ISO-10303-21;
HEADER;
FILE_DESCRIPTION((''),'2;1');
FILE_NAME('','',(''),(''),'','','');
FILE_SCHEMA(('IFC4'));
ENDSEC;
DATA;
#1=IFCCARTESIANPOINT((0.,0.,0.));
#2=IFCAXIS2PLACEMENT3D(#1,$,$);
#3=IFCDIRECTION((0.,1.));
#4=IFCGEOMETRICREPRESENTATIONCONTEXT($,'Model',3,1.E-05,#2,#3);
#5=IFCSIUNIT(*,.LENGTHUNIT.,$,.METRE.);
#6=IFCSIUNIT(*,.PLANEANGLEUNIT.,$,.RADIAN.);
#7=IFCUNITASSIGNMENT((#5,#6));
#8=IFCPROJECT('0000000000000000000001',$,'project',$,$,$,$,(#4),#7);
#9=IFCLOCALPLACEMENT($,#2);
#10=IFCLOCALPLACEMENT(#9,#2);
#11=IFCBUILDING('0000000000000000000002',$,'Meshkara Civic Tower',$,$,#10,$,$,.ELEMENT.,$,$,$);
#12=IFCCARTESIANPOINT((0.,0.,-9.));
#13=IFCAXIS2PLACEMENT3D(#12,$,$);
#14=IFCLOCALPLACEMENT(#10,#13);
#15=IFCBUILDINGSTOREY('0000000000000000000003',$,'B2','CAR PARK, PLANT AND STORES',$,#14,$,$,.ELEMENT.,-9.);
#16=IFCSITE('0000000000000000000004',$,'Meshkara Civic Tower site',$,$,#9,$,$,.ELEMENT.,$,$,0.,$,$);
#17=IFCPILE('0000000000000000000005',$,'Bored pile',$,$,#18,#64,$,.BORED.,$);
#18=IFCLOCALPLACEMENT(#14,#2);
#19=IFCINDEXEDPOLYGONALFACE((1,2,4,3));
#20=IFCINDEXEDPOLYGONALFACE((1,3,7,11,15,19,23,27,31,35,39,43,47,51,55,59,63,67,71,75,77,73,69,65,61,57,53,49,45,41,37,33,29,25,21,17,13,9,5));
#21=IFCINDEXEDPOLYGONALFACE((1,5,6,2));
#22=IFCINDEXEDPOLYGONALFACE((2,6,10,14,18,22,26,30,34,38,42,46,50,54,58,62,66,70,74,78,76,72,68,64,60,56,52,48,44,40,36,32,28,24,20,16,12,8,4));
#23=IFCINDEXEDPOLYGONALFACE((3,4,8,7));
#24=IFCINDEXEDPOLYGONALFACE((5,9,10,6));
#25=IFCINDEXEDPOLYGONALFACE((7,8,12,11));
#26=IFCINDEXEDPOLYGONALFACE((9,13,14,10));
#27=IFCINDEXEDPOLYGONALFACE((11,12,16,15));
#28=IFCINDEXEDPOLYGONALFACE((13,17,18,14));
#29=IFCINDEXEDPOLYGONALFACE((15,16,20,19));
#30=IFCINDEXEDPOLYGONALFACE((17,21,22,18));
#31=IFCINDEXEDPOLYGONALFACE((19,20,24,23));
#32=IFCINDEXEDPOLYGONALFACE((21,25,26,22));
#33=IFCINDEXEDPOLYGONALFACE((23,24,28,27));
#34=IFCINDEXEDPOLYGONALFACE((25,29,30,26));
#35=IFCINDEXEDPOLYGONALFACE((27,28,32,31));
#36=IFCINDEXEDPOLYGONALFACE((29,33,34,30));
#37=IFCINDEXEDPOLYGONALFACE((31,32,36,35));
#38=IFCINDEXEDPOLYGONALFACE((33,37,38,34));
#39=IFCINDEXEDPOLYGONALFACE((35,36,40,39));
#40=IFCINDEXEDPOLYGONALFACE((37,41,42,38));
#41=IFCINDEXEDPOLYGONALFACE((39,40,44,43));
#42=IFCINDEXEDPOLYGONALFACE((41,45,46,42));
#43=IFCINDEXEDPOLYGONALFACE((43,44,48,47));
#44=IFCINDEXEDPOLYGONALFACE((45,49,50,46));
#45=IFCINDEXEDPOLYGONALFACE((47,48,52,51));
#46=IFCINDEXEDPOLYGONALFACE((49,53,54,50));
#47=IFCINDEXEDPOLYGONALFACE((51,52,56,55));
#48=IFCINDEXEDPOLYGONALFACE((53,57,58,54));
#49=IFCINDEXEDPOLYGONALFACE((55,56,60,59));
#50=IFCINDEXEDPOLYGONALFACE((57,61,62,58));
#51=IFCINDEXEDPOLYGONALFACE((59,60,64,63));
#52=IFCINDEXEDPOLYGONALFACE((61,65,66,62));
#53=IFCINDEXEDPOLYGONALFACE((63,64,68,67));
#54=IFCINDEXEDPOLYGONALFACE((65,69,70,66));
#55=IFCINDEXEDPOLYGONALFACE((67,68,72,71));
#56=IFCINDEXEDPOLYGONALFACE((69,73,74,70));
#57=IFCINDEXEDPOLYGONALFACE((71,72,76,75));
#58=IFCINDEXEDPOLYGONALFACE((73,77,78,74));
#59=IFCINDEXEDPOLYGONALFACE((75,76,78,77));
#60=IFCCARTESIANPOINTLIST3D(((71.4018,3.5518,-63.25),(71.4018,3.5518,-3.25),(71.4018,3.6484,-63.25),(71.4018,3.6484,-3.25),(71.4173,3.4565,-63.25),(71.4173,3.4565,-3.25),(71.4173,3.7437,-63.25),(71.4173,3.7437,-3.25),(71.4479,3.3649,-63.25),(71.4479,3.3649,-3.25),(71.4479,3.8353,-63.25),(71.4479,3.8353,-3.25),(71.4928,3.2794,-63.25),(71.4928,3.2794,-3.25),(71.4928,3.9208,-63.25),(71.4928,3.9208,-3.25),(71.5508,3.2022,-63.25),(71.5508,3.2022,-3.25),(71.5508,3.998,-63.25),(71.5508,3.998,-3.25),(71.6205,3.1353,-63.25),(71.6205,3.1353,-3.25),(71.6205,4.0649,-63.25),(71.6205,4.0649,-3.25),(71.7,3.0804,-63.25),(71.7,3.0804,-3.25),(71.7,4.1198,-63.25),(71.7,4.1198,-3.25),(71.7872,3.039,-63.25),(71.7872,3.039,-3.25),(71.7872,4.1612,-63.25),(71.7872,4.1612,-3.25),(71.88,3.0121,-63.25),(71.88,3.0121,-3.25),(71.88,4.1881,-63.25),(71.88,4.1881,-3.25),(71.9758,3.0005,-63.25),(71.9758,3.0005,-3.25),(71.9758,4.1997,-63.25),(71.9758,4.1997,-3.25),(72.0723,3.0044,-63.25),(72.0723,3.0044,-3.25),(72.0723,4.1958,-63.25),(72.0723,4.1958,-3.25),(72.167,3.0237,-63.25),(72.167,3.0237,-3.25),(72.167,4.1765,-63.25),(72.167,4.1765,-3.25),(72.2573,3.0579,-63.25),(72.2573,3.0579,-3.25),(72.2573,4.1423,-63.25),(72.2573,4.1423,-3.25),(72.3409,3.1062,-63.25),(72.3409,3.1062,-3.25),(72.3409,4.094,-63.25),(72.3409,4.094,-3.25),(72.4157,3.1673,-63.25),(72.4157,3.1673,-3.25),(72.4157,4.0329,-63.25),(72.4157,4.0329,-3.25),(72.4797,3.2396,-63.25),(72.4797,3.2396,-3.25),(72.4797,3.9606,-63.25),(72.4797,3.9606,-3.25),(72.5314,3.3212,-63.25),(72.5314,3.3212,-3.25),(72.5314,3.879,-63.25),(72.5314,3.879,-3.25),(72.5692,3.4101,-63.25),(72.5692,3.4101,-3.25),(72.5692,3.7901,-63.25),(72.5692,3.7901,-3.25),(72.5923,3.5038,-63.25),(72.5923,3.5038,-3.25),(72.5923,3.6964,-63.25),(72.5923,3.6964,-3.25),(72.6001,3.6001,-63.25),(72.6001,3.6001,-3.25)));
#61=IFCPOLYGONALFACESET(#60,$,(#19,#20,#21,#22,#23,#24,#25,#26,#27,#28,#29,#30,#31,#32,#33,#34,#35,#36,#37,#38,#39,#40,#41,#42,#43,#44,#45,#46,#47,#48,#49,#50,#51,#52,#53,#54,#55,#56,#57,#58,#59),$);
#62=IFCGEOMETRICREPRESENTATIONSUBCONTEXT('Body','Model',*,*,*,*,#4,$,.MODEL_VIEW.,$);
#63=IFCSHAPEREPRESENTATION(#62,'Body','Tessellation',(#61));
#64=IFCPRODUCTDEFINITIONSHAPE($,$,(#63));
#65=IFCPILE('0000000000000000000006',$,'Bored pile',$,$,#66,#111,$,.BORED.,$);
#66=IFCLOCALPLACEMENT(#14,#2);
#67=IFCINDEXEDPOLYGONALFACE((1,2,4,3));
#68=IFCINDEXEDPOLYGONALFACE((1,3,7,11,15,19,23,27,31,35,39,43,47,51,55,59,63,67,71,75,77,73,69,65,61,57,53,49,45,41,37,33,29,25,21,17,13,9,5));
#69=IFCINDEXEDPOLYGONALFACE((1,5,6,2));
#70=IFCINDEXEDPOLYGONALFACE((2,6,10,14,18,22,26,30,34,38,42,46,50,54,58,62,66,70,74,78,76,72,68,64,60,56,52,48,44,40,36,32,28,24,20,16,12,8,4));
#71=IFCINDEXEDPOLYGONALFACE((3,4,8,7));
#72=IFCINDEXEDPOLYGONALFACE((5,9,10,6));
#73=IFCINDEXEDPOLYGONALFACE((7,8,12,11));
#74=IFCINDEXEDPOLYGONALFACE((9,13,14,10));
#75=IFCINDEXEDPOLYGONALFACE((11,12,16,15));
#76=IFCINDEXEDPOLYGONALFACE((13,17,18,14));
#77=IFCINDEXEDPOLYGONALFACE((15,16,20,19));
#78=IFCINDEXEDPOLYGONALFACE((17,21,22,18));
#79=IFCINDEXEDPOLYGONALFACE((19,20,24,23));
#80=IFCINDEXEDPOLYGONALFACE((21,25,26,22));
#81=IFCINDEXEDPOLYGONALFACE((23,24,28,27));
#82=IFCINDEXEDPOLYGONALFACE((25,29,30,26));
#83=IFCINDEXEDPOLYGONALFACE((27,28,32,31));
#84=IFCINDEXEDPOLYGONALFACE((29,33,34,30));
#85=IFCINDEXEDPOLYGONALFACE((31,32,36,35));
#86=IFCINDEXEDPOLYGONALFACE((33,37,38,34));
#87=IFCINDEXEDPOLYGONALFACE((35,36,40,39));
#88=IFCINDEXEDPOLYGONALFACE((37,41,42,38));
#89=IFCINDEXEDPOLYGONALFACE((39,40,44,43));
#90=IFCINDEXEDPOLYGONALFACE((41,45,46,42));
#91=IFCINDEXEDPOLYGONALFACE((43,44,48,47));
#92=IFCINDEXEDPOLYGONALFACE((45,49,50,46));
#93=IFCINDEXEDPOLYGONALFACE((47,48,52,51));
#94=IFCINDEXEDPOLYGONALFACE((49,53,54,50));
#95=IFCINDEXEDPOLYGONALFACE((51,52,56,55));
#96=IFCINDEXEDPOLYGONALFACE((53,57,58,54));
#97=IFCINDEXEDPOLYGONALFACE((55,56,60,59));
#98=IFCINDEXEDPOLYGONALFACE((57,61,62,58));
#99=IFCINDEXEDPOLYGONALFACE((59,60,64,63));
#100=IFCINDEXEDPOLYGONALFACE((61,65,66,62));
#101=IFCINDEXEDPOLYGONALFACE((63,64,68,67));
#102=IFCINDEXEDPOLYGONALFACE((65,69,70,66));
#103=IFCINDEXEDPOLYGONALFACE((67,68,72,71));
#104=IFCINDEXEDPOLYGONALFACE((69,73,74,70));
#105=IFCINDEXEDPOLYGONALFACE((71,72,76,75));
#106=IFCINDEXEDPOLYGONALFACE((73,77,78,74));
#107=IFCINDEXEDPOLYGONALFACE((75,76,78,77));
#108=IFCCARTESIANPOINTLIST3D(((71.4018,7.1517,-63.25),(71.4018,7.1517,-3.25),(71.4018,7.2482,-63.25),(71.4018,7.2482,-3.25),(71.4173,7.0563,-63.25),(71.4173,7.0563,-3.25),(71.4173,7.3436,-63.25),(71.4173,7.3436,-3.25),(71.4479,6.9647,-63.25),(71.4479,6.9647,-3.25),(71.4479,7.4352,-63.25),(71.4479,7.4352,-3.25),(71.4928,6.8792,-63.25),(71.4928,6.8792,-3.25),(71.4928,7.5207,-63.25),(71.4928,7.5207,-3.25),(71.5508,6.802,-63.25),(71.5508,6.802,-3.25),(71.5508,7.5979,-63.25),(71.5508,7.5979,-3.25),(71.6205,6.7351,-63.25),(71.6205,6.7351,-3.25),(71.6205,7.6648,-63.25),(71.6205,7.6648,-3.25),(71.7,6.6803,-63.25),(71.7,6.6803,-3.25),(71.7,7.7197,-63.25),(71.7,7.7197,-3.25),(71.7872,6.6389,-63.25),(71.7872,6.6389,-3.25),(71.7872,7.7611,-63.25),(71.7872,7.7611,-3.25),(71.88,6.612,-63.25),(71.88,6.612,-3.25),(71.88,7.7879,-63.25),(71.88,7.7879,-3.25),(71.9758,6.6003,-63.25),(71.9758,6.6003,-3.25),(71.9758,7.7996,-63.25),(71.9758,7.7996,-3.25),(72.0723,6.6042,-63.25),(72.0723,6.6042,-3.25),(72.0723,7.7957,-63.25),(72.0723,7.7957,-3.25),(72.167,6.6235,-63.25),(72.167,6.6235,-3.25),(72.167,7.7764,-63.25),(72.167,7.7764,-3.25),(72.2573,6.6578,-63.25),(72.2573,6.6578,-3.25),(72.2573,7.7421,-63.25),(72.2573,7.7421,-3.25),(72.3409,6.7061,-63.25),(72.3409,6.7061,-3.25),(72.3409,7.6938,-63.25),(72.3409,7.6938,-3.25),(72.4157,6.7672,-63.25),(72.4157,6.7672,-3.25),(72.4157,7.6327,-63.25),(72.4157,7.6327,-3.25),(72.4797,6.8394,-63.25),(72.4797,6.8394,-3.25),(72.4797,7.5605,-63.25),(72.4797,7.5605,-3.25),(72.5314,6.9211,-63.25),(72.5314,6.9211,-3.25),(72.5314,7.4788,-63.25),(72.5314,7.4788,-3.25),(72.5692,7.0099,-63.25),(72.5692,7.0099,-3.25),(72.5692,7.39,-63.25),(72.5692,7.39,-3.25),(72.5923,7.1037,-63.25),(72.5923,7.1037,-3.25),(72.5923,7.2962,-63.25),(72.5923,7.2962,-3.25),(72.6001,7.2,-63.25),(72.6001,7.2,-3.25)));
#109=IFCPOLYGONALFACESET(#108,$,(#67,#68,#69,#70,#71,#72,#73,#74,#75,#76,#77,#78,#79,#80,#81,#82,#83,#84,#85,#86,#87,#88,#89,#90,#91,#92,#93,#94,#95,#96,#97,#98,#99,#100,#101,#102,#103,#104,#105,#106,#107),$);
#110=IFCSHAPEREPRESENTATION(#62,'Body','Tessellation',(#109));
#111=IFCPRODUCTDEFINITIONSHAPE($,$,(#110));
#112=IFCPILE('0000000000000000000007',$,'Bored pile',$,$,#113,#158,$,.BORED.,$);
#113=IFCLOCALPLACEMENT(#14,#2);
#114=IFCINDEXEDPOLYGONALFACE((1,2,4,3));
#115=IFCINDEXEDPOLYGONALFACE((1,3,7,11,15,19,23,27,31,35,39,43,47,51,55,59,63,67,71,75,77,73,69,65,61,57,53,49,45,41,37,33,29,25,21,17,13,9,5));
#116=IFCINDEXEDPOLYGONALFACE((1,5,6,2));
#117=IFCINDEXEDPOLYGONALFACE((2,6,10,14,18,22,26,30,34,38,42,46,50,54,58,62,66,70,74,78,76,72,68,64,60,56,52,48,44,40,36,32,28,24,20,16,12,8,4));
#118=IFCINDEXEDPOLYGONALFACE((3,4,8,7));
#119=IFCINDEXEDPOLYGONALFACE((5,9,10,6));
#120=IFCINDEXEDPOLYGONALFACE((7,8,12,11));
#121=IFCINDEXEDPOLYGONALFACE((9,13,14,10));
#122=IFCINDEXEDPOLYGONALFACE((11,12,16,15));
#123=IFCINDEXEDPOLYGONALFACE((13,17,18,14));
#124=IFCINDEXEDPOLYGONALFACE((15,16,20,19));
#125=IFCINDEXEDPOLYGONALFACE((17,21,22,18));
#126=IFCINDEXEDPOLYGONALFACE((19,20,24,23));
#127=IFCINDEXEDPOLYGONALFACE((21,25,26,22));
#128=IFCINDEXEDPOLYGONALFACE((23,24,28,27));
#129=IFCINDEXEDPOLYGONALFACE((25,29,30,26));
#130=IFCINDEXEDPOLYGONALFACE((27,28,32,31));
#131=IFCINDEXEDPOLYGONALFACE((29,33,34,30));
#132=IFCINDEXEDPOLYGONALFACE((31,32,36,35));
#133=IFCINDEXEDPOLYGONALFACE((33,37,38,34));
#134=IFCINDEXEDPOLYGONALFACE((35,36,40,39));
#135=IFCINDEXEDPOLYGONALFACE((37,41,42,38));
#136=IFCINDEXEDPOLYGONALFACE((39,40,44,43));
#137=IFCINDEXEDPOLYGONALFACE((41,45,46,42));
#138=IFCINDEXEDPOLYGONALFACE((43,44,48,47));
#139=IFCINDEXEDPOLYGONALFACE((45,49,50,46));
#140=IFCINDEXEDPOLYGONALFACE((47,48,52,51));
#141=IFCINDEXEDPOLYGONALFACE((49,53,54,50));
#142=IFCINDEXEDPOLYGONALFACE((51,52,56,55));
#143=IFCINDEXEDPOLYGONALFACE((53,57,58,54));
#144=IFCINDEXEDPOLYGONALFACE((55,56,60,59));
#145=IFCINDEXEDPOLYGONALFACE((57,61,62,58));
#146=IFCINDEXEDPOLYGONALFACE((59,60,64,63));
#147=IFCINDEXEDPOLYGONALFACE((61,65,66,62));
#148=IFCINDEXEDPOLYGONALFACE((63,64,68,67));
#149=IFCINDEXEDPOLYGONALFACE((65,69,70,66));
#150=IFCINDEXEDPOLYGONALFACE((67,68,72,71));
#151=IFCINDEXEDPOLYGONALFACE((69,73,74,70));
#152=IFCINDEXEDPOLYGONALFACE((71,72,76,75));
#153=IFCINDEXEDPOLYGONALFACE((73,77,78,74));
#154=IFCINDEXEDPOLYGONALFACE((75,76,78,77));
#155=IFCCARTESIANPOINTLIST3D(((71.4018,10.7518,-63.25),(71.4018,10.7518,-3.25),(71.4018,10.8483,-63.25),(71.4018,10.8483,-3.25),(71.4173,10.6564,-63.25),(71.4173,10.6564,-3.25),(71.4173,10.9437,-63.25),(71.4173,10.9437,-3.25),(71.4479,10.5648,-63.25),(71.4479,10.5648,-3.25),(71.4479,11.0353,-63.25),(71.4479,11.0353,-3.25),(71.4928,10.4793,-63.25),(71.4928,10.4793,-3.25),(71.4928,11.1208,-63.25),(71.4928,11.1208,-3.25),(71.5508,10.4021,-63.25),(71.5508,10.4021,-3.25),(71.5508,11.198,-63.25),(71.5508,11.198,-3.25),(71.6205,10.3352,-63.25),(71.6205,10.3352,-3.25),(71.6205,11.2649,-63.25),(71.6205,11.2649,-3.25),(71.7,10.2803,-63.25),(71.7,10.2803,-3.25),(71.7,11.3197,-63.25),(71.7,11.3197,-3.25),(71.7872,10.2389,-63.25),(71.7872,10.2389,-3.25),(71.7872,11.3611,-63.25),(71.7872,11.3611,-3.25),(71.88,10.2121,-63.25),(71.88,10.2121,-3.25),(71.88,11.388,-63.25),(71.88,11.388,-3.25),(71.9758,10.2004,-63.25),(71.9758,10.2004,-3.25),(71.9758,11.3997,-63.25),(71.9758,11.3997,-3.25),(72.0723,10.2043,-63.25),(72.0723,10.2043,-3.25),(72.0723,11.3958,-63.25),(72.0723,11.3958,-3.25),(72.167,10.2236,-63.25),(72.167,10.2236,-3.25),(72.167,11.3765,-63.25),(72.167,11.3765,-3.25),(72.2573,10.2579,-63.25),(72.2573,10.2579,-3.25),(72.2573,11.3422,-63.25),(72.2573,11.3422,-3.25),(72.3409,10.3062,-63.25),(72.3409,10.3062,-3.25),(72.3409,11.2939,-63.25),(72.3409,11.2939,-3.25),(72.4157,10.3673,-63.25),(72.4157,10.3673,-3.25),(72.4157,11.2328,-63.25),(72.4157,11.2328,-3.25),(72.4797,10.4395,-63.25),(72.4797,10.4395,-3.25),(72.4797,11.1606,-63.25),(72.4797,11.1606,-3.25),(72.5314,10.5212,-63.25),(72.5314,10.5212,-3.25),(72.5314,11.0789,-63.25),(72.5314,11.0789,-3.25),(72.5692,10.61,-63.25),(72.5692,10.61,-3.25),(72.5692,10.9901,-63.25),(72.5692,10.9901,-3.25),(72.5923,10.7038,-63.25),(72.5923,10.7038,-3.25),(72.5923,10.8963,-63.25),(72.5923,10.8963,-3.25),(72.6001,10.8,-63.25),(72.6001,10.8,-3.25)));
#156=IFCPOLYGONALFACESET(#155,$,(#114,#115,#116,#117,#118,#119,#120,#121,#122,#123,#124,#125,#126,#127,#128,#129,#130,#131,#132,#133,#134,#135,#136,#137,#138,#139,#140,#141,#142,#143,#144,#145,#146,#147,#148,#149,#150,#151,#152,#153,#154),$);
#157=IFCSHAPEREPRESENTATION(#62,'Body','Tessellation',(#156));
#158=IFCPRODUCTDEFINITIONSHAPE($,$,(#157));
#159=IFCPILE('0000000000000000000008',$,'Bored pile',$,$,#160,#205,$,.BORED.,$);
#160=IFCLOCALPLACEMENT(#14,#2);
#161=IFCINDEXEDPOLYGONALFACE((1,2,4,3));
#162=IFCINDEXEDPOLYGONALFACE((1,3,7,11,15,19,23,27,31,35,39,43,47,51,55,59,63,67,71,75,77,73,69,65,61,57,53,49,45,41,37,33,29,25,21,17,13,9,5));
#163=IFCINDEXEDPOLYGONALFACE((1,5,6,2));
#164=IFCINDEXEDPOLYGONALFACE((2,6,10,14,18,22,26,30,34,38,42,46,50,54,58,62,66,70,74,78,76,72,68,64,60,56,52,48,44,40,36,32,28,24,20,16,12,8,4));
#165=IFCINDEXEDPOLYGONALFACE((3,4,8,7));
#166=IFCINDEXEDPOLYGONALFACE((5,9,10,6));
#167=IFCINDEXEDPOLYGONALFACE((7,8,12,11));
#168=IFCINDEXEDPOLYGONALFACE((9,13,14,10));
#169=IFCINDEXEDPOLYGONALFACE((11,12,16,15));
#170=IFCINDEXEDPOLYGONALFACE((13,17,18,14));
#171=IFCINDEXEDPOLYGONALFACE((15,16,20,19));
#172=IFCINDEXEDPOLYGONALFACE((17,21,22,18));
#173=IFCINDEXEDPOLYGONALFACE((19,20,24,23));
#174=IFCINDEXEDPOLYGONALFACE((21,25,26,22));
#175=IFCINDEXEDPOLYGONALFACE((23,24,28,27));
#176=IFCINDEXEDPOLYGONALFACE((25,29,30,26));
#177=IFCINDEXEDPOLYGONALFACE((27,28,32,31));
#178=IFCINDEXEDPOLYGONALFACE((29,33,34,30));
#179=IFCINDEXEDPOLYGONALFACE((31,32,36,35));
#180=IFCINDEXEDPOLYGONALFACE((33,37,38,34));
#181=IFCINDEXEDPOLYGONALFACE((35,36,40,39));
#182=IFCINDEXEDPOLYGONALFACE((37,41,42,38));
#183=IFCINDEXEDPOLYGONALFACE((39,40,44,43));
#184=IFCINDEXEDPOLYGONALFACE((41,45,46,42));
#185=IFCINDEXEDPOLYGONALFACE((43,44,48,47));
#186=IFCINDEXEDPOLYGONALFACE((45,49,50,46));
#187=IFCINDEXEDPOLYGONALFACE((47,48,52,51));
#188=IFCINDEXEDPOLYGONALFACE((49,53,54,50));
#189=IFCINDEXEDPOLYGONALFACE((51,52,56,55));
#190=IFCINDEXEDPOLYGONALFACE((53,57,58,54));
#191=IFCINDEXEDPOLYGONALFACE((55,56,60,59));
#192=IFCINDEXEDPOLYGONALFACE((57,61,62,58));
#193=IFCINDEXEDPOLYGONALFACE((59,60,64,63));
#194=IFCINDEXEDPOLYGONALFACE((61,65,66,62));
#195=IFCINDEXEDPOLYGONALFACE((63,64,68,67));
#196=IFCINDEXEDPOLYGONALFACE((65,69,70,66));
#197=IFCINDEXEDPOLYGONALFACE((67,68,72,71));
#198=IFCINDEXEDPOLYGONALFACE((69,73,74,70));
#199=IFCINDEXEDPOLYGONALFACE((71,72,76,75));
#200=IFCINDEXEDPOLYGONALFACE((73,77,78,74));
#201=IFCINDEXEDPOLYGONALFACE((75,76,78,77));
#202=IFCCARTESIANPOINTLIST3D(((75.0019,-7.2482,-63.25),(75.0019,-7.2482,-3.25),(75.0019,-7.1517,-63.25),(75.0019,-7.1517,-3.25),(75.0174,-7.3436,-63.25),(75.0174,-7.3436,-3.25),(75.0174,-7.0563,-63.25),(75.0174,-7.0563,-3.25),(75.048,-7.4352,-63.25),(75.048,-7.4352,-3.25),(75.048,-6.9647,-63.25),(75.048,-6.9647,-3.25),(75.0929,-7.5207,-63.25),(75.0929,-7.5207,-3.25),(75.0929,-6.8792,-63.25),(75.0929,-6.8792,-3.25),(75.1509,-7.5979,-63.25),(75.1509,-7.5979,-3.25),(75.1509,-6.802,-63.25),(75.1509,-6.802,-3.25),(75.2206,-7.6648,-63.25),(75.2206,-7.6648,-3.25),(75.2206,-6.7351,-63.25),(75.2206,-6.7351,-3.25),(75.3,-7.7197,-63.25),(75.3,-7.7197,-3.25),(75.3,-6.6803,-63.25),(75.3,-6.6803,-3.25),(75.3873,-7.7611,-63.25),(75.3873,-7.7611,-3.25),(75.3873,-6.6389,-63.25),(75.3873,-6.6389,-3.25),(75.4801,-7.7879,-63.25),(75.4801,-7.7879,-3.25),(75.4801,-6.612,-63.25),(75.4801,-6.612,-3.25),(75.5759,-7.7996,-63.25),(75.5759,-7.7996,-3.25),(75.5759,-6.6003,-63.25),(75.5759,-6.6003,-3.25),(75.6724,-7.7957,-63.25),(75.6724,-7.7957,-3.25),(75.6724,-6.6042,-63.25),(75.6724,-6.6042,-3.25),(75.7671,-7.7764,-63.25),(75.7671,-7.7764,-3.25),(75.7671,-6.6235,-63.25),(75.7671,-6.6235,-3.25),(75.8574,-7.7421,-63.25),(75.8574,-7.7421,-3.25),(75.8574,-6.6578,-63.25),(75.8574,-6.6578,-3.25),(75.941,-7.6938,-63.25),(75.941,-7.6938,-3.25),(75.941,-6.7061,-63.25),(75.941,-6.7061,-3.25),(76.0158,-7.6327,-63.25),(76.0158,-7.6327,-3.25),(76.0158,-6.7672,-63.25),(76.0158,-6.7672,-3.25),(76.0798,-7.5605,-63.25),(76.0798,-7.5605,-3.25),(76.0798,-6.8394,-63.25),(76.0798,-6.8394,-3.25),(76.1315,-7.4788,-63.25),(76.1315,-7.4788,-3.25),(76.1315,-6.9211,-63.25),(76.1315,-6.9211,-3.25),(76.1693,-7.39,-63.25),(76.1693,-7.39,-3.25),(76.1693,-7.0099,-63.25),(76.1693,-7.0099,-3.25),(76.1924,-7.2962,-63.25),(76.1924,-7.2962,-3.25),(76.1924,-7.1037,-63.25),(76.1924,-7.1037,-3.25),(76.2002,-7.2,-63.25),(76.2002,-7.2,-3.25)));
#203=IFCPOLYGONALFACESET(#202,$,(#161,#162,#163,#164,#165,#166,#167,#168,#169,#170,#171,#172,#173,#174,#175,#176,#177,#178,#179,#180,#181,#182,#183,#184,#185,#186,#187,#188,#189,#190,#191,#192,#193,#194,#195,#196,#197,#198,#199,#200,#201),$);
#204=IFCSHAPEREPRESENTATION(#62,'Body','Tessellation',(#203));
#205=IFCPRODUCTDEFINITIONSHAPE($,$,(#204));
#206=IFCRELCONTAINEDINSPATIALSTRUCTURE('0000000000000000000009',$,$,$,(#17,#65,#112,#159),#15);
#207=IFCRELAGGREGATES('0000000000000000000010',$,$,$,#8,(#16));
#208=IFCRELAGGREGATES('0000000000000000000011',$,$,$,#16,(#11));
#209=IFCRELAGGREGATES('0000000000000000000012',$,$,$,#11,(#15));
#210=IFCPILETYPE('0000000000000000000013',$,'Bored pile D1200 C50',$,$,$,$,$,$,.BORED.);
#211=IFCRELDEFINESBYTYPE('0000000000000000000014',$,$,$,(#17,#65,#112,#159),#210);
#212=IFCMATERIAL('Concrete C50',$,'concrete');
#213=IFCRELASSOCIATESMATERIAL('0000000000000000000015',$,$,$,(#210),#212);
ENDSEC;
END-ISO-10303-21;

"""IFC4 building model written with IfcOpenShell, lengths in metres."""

from ifc_helpers import new_model, si_unit, direction, frame, origin, origin_2d, place, context, subcontext, project, spatial, circle, extrude, material, material_profile, profile_set, type_object, element, save


model = new_model("IFC4")

# Units and contexts
model_context = context("Model", 3, precision=1e-05, world=origin(), true_north=direction((0.0, 1.0)))
body_context = subcontext(model_context, "Body", "Model", "MODEL_VIEW")
ifc_project = project(units=[si_unit("LENGTHUNIT", "METRE"), si_unit("PLANEANGLEUNIT", "RADIAN")], contexts=[model_context])

# Site, building, storey
site_placement = place(None, origin())
site = spatial("IfcSite", under=ifc_project, at=site_placement, Name="Meshkara Civic Tower site", CompositionType="ELEMENT", RefElevation=0.0)
building_placement = place(site_placement, origin())
building = spatial("IfcBuilding", under=site, at=building_placement, Name="Meshkara Civic Tower", CompositionType="ELEMENT")
storey_placement = place(building_placement, frame((0.0, 0.0, -9.0)))
storey = spatial("IfcBuildingStorey", under=building, at=storey_placement, Name="B2", Description="CAR PARK, PLANT AND STORES", CompositionType="ELEMENT", Elevation=-9.0)

# Piles
ifc_material_1 = material(Name="Concrete C50", Category="concrete")
ifc_material_profile_1 = material_profile(ifc_material_1, circle(Radius=0.6001, at=origin_2d()))
ifc_profile_set_1 = profile_set([ifc_material_profile_1], Name="Concrete C50")
pile_type = type_object("IfcPileType", Name="Bored pile D1200 C50", PredefinedType="BORED", material=ifc_profile_set_1)
for number, where, z_axis, x_axis, name in (
    (1, (72.0, 3.6001, -3.25), (0.0, 0.0, -1.0), (1.0, 0.0, 0.0), "Bored pile"),
    (2, (72.0, 7.2, -3.25), (0.0, 0.0, -1.0), (1.0, 0.0, 0.0), "Bored pile"),
    (3, (72.0, 10.8, -3.25), (0.0, 0.0, -1.0), (1.0, 0.0, 0.0), "Bored pile"),
    (4, (75.6001, -7.2, -3.25), (0.0, 0.0, -1.0), (1.0, 0.0, 0.0), "Bored pile"),
):
    element("IfcPile", number, at=place(storey_placement, frame(where, z_axis=z_axis, x_axis=x_axis)), inside=storey, type_object=pile_type, Name=name, PredefinedType="BORED", context=body_context, shape_type="SweptSolid", body=[
        extrude(circle(Radius=0.6001, at=origin_2d()), origin(), (0.0, 0.0, 1.0), 60.0),
    ])

save(model, "model.ifc")
